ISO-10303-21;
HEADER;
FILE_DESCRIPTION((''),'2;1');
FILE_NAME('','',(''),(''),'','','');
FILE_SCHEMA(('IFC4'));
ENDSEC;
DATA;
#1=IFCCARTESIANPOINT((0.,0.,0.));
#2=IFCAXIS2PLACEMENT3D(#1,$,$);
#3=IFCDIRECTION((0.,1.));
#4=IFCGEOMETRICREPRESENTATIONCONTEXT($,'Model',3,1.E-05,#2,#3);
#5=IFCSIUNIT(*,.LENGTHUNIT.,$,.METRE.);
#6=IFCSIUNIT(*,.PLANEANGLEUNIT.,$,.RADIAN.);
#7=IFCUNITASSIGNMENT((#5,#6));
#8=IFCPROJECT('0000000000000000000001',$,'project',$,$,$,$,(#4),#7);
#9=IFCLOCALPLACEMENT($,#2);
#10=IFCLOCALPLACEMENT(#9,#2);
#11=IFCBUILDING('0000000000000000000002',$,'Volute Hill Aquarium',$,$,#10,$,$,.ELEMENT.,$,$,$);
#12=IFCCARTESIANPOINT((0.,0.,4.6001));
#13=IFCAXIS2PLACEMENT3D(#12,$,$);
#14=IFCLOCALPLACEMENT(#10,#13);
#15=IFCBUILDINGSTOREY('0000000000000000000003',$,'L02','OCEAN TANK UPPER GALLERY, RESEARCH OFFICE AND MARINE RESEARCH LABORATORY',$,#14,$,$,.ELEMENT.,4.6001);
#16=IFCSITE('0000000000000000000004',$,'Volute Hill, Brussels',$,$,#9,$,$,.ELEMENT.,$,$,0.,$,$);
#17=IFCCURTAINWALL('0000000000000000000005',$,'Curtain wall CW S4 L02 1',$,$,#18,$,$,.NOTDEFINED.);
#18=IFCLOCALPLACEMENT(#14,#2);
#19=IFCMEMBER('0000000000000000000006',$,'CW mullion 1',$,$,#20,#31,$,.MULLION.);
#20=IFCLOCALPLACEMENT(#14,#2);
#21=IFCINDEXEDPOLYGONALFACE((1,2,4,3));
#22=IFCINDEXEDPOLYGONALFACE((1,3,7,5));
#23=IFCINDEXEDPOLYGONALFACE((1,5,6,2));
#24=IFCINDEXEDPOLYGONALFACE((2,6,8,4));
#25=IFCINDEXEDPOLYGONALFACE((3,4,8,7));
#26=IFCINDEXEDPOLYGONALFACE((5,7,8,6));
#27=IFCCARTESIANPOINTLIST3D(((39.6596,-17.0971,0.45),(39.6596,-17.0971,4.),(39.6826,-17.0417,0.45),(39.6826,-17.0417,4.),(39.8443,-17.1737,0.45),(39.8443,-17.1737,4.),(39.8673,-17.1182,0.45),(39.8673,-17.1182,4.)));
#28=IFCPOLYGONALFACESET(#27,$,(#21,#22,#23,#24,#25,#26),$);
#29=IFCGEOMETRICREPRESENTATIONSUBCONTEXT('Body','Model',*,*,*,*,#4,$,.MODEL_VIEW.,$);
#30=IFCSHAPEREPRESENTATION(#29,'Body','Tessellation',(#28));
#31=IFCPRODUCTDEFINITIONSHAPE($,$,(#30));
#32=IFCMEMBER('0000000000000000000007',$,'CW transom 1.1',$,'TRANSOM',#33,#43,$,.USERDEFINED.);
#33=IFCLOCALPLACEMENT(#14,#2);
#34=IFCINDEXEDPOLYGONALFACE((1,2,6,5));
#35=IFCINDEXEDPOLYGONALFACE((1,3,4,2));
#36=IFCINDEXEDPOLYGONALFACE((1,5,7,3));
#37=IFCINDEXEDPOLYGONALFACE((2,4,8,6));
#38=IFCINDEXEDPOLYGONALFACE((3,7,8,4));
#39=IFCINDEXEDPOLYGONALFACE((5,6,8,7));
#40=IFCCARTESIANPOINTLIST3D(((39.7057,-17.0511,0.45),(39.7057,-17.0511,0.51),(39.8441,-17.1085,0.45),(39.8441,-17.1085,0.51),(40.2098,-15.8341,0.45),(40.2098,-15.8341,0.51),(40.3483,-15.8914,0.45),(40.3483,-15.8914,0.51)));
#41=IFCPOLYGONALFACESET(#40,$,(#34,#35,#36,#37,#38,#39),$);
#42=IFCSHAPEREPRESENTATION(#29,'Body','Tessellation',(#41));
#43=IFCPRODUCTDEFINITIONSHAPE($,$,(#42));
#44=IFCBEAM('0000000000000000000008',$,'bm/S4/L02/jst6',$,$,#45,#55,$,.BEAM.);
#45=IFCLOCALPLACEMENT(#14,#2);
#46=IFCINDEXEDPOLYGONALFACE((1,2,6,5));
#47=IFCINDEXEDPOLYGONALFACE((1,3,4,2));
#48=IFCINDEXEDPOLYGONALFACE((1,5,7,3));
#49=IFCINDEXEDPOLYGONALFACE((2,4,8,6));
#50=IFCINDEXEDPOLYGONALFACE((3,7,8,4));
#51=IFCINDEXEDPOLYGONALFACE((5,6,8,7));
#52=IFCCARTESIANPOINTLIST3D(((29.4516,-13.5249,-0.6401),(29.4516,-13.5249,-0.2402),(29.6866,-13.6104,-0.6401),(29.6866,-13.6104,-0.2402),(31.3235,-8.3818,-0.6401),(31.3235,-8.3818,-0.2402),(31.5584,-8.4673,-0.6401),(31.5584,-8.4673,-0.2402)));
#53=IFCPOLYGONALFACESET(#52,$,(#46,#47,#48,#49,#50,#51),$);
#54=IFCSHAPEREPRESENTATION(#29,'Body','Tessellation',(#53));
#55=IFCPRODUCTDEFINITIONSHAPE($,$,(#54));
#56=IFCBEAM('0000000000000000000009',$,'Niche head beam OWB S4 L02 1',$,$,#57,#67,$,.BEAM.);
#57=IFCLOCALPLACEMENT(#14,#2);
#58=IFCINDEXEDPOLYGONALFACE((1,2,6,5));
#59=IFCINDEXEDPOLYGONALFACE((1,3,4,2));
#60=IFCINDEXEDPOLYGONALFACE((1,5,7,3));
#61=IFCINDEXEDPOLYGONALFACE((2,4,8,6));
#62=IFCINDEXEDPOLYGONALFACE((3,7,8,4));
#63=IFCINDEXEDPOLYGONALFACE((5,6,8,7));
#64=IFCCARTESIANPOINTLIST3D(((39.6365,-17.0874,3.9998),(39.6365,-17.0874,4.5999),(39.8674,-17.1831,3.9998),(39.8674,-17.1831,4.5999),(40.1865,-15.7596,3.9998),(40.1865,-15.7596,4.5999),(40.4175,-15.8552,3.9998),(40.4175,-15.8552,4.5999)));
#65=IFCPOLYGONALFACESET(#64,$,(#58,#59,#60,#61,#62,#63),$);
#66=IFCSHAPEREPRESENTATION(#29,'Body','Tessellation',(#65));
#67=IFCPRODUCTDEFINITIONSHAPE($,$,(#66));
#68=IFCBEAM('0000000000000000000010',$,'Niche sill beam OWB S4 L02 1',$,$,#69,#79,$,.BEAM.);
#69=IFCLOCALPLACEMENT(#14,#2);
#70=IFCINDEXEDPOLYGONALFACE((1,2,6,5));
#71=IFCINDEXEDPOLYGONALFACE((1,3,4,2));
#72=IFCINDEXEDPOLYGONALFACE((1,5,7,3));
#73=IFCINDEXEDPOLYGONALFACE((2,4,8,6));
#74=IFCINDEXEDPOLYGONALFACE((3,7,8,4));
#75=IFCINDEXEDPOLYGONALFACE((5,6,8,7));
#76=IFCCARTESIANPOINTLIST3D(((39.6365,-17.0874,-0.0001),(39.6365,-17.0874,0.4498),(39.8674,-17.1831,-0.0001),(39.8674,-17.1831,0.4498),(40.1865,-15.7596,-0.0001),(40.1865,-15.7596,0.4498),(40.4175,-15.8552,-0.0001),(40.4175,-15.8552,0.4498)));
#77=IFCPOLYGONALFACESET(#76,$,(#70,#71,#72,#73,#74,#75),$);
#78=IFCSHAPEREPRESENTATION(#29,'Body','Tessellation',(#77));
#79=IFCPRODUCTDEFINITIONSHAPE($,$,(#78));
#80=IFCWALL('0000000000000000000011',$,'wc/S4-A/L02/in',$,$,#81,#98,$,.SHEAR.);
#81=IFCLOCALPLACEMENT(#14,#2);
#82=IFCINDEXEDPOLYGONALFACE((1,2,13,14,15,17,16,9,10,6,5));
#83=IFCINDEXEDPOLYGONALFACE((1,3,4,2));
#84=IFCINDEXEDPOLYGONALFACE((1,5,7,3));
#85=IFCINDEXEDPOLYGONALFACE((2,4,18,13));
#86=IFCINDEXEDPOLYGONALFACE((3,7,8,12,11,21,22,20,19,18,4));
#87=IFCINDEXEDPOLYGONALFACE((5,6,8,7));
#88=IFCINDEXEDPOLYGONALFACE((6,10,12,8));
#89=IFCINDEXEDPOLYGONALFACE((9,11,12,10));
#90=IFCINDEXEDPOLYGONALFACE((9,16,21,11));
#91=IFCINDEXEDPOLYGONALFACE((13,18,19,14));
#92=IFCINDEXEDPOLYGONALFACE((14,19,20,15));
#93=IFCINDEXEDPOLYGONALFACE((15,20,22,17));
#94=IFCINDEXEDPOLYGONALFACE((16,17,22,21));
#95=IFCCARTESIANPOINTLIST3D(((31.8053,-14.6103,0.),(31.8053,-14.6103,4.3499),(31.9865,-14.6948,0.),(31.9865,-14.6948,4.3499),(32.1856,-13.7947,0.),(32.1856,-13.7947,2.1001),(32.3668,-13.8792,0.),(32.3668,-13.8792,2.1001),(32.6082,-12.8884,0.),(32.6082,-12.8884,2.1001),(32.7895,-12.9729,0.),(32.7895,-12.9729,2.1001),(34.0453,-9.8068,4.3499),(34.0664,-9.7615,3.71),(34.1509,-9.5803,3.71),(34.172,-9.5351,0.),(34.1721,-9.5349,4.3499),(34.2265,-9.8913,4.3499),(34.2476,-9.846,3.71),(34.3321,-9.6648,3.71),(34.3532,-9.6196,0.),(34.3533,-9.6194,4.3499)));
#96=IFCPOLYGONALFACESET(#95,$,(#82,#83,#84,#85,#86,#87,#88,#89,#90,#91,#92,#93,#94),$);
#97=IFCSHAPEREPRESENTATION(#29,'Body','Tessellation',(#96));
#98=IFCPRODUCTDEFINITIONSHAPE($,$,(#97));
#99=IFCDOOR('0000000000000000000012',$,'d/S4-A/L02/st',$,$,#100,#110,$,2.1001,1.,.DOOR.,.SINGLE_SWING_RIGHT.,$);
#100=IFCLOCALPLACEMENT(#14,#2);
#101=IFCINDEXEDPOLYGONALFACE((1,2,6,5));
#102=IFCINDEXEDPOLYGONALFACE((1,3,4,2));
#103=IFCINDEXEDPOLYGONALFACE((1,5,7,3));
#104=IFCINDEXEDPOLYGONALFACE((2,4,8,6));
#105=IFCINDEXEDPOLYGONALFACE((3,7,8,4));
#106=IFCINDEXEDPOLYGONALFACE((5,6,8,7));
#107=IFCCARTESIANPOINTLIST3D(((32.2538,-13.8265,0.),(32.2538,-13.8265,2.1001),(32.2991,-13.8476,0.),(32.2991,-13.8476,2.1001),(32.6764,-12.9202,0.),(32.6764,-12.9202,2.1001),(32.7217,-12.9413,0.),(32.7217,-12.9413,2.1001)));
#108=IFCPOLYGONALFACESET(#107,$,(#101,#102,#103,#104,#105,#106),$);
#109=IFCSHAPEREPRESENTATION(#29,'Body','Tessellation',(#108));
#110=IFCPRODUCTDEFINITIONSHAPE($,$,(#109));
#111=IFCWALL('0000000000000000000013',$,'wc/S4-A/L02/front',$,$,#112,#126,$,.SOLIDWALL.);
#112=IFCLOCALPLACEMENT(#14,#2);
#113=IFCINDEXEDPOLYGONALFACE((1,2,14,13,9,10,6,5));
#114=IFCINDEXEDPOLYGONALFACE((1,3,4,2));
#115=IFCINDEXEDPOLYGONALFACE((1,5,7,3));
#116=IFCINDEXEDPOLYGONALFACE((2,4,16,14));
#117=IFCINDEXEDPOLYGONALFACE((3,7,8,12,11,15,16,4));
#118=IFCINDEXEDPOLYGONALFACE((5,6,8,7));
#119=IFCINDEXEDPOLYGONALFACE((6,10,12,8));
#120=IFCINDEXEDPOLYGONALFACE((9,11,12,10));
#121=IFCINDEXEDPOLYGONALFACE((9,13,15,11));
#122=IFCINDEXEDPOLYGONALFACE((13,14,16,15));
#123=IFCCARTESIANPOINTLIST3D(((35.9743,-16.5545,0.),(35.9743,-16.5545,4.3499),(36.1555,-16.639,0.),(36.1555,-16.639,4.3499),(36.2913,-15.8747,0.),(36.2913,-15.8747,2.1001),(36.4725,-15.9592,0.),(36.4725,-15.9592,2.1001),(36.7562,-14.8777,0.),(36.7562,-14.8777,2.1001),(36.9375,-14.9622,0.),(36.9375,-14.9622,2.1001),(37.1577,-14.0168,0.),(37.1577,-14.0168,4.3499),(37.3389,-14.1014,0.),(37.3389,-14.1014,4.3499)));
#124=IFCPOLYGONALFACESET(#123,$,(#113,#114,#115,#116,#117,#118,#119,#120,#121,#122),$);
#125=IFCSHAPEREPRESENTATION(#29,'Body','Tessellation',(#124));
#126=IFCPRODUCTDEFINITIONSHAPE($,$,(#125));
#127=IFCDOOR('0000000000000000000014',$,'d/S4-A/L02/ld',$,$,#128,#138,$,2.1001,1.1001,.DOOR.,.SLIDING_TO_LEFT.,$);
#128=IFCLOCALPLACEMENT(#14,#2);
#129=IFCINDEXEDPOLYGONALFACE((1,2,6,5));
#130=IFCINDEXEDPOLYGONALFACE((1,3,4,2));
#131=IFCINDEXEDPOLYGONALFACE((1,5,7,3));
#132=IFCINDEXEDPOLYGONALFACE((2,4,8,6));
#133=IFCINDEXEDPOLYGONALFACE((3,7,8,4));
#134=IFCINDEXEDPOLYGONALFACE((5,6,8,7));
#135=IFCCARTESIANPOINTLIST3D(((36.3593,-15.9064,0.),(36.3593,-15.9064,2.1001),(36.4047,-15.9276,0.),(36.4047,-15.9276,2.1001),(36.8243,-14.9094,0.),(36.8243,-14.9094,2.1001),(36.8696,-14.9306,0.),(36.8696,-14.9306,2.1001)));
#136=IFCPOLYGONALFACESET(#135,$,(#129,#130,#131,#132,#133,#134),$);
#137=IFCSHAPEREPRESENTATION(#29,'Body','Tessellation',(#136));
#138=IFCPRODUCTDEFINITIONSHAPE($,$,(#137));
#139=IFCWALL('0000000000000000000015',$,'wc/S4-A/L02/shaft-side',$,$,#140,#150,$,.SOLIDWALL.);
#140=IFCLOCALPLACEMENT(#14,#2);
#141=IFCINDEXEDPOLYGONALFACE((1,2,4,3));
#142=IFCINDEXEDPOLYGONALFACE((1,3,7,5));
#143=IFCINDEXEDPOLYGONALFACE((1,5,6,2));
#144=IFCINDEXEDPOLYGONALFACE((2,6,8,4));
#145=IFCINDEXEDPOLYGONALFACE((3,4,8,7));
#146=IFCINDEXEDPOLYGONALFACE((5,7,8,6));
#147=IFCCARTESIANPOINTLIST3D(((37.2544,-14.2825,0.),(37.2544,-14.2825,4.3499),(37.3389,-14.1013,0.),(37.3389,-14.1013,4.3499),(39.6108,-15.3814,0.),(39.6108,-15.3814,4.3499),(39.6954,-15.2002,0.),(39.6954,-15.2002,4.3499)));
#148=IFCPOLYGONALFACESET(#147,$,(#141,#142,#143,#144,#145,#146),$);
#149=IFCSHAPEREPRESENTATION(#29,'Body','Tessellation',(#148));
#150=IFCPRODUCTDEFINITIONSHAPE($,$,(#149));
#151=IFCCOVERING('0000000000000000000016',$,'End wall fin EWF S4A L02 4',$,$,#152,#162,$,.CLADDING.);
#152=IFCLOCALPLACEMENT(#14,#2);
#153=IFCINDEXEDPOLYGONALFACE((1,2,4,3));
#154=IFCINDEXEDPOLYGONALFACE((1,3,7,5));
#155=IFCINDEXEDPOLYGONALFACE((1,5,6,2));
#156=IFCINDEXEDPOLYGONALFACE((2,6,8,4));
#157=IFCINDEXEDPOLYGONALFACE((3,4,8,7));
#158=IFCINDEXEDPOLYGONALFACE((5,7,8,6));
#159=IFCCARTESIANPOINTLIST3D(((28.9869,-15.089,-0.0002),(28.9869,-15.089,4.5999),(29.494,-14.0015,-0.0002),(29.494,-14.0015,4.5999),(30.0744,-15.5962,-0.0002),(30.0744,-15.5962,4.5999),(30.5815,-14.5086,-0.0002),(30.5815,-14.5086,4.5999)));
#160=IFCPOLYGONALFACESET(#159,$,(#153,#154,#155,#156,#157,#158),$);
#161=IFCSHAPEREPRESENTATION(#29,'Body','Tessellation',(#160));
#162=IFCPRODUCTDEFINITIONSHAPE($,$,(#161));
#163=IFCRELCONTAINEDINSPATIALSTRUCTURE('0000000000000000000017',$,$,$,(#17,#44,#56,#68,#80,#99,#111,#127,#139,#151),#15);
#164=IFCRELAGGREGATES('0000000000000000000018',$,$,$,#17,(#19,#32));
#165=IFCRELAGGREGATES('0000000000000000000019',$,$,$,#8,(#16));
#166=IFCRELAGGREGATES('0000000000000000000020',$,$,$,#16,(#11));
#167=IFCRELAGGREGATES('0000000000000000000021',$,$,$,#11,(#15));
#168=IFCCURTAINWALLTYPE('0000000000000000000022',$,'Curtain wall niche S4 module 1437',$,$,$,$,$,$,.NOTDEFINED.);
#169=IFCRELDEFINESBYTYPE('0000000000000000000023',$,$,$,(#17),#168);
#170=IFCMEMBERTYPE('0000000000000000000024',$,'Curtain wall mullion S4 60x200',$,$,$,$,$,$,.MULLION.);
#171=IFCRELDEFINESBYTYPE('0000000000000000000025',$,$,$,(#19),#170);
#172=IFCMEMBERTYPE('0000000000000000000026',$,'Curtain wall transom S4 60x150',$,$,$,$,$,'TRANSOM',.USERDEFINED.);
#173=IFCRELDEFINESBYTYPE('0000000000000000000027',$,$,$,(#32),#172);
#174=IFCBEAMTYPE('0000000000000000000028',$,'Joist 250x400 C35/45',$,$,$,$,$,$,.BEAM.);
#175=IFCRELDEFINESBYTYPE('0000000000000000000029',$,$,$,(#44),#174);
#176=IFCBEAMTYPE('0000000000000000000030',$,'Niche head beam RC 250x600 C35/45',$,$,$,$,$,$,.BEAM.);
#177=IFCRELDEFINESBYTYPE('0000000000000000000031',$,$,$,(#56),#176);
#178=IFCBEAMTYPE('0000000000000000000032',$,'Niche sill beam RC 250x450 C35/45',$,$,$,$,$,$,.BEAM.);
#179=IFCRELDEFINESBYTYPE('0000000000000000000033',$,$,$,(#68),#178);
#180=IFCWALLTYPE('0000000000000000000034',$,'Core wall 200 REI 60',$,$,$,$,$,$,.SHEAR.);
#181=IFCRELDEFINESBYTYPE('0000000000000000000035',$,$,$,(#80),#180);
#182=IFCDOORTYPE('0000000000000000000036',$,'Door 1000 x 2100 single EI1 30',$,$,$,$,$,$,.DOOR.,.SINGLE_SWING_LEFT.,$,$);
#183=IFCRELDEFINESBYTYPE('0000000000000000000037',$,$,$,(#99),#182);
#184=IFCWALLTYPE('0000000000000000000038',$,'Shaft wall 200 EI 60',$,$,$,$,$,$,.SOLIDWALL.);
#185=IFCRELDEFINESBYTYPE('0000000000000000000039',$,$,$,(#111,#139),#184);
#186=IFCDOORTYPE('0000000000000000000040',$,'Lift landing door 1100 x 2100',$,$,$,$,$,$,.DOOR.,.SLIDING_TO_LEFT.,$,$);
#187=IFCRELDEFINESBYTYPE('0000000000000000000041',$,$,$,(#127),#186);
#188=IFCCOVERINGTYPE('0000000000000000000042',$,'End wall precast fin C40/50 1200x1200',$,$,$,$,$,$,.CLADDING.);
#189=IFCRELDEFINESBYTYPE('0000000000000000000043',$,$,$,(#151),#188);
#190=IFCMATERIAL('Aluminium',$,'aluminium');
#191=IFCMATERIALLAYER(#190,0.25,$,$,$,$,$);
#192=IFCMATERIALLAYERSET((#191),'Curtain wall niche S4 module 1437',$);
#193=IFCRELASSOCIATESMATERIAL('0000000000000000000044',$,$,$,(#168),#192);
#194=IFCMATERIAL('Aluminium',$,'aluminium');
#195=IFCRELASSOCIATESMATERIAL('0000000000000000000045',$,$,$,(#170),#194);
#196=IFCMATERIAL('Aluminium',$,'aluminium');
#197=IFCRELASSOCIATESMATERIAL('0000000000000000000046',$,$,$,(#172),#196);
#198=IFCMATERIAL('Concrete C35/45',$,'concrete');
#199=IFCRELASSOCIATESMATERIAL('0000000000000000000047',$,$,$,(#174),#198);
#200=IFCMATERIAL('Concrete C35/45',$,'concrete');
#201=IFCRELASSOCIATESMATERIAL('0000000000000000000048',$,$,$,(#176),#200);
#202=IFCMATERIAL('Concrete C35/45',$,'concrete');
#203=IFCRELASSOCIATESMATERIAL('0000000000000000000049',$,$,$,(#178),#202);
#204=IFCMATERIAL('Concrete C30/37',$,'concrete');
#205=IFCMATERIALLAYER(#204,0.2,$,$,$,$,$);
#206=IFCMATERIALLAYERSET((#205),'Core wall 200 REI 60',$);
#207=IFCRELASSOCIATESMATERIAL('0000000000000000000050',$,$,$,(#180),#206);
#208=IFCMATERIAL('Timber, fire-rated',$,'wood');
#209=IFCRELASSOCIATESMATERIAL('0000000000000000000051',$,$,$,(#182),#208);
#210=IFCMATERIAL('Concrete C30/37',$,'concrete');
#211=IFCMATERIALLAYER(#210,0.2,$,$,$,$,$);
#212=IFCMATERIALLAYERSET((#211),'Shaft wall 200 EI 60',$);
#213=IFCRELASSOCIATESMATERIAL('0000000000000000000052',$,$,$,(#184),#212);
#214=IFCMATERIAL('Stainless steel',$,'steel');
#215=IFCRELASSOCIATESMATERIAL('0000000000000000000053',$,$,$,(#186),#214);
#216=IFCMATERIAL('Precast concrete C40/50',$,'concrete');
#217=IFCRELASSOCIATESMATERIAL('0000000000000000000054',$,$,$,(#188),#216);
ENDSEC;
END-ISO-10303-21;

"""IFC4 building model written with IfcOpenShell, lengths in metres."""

from ifc_helpers import new_model, si_unit, direction, frame, frame_2d, origin, origin_2d, place, context, subcontext, project, spatial, polyline, rectangle, outline, extrude, material, layer, layer_set, material_profile, profile_set, type_object, element, fill, aggregate, save


model = new_model("IFC4")

# Units and contexts
model_context = context("Model", 3, precision=1e-05, world=origin(), true_north=direction((0.0, 1.0)))
body_context = subcontext(model_context, "Body", "Model", "MODEL_VIEW")
ifc_project = project(units=[si_unit("LENGTHUNIT", "METRE"), si_unit("PLANEANGLEUNIT", "RADIAN")], contexts=[model_context])

# Site, building, storey
site_placement = place(None, origin())
site = spatial("IfcSite", under=ifc_project, at=site_placement, Name="Volute Hill, Brussels", CompositionType="ELEMENT", RefElevation=0.0)
building_placement = place(site_placement, origin())
building = spatial("IfcBuilding", under=site, at=building_placement, Name="Volute Hill Aquarium", CompositionType="ELEMENT")
storey_placement = place(building_placement, frame((0.0, 0.0, 4.6001)))
storey = spatial("IfcBuildingStorey", under=building, at=storey_placement, Name="L02", Description="OCEAN TANK UPPER GALLERY, RESEARCH OFFICE AND MARINE RESEARCH LABORATORY", CompositionType="ELEMENT", Elevation=4.6001)

# Curtain wall, members
ifc_material_1 = material(Name="Aluminium", Category="aluminium")
ifc_layer_1 = layer(ifc_material_1, 0.25)
ifc_layer_set_1 = layer_set([ifc_layer_1], Name="Curtain wall niche S4 module 1437")
curtain_wall_type = type_object("IfcCurtainWallType", Name="Curtain wall niche S4 module 1437", PredefinedType="NOTDEFINED", material=ifc_layer_set_1)
curtain_wall_placement = place(storey_placement, origin())
curtain_wall = element("IfcCurtainWall", 1, at=curtain_wall_placement, inside=storey, type_object=curtain_wall_type, Name="Curtain wall CW S4 L02 1", PredefinedType="NOTDEFINED")
ifc_material_2 = material(Name="Aluminium", Category="aluminium")
ifc_material_profile_1 = material_profile(ifc_material_2, rectangle(XDim=0.2, YDim=0.0601, at=origin_2d()), Name="Curtain wall mullion S4 60x200")
ifc_profile_set_1 = profile_set([ifc_material_profile_1], Name="Aluminium")
member_type_1 = type_object("IfcMemberType", Name="Curtain wall mullion S4 60x200", PredefinedType="MULLION", material=ifc_profile_set_1)
member_1_placement = place(storey_placement, frame((39.7634, -17.1077, 0.45), z_axis=(0.0, 0.0, 1.0), x_axis=(-0.923874, 0.382697, 0.0)))
member_1 = element("IfcMember", 2, at=member_1_placement, type_object=member_type_1, Name="CW mullion 1", PredefinedType="MULLION", context=body_context, shape_type="SweptSolid", body=[
    extrude(rectangle(XDim=0.2, YDim=0.0601, at=origin_2d()), origin(), (0.0, 0.0, 1.0), 3.55),
])
ifc_material_3 = material(Name="Aluminium", Category="aluminium")
ifc_material_profile_2 = material_profile(ifc_material_3, rectangle(XDim=0.1499, YDim=0.0601, at=origin_2d()), Name="Curtain wall transom S4 60x150")
ifc_profile_set_2 = profile_set([ifc_material_profile_2], Name="Aluminium")
member_type_2 = type_object("IfcMemberType", Name="Curtain wall transom S4 60x150", ElementType="TRANSOM", PredefinedType="USERDEFINED", material=ifc_profile_set_2)
member_2_placement = place(storey_placement, frame((39.7749, -17.0798, 0.48), z_axis=(0.382706, 0.92387, 0.0), x_axis=(-0.92387, 0.382706, 0.0)))
member_2 = element("IfcMember", 3, at=member_2_placement, type_object=member_type_2, Name="CW transom 1.1", ObjectType="TRANSOM", PredefinedType="USERDEFINED", context=body_context, shape_type="SweptSolid", body=[
    extrude(rectangle(XDim=0.1499, YDim=0.0601, at=origin_2d()), origin(), (0.0, 0.0, 1.0), 1.3174),
])
aggregate(curtain_wall, [member_1, member_2])

# Beams
ifc_material_4 = material(Name="Concrete C35/45", Category="concrete")
ifc_material_profile_3 = material_profile(ifc_material_4, rectangle(XDim=0.25, YDim=0.3999, at=origin_2d()), Name="RC joist 250x400")
ifc_profile_set_3 = profile_set([ifc_material_profile_3], Name="Concrete C35/45")
beam_type_1 = type_object("IfcBeamType", Name="Joist 250x400 C35/45", PredefinedType="BEAM", material=ifc_profile_set_3)
beam_1_placement = place(storey_placement, frame((29.5691, -13.5676, -0.4402), z_axis=(0.342005, 0.939698, 0.0), x_axis=(-0.939698, 0.342005, 0.0)))
element("IfcBeam", 4, at=beam_1_placement, inside=storey, type_object=beam_type_1, Name="bm/S4/L02/jst6", PredefinedType="BEAM", context=body_context, shape_type="SweptSolid", body=[
    extrude(rectangle(XDim=0.25, YDim=0.3999, at=origin_2d()), origin(), (0.0, 0.0, 1.0), 5.4731),
])
ifc_material_5 = material(Name="Concrete C35/45", Category="concrete")
ifc_material_profile_4 = material_profile(ifc_material_5, rectangle(XDim=0.25, YDim=0.6001, at=origin_2d()), Name="RC beam 250x600")
ifc_profile_set_4 = profile_set([ifc_material_profile_4], Name="Concrete C35/45")
beam_type_2 = type_object("IfcBeamType", Name="Niche head beam RC 250x600 C35/45", PredefinedType="BEAM", material=ifc_profile_set_4)
beam_2_placement = place(storey_placement, frame((39.752, -17.1353, 4.2998), z_axis=(0.382697, 0.923874, 0.0), x_axis=(-0.923874, 0.382697, 0.0)))
element("IfcBeam", 5, at=beam_2_placement, inside=storey, type_object=beam_type_2, Name="Niche head beam OWB S4 L02 1", PredefinedType="BEAM", context=body_context, shape_type="SweptSolid", body=[
    extrude(rectangle(XDim=0.25, YDim=0.6001, at=origin_2d()), origin(), (0.0, 0.0, 1.0), 1.4373),
])
ifc_material_6 = material(Name="Concrete C35/45", Category="concrete")
ifc_material_profile_5 = material_profile(ifc_material_6, rectangle(XDim=0.25, YDim=0.45, at=origin_2d()), Name="RC beam 250x450")
ifc_profile_set_5 = profile_set([ifc_material_profile_5], Name="Concrete C35/45")
beam_type_3 = type_object("IfcBeamType", Name="Niche sill beam RC 250x450 C35/45", PredefinedType="BEAM", material=ifc_profile_set_5)
beam_3_placement = place(storey_placement, frame((39.752, -17.1353, 0.2249), z_axis=(0.382697, 0.923874, 0.0), x_axis=(-0.923874, 0.382697, 0.0)))
element("IfcBeam", 6, at=beam_3_placement, inside=storey, type_object=beam_type_3, Name="Niche sill beam OWB S4 L02 1", PredefinedType="BEAM", context=body_context, shape_type="SweptSolid", body=[
    extrude(rectangle(XDim=0.25, YDim=0.45, at=origin_2d()), origin(), (0.0, 0.0, 1.0), 1.4373),
])

# Walls, openings, doors
ifc_material_7 = material(Name="Concrete C30/37", Category="concrete")
ifc_layer_2 = layer(ifc_material_7, 0.2)
ifc_layer_set_2 = layer_set([ifc_layer_2], Name="Core wall 200 REI 60")
wall_type_1 = type_object("IfcWallType", Name="Core wall 200 REI 60", PredefinedType="SHEAR", material=ifc_layer_set_2)
wall_1_placement = place(storey_placement, frame((31.896, -14.6526, 0.0), z_axis=(0.0, 0.0, 1.0), x_axis=(0.422632, 0.906301, 0.0)))
wall_1 = element("IfcWall", 7, at=wall_1_placement, inside=storey, type_object=wall_type_1, Name="wc/S4-A/L02/in", PredefinedType="SHEAR", context=body_context, shape_type="SweptSolid", body=[
    extrude(outline(polyline([(0.0, 0.0), (5.5999, 0.0), (5.6001, 4.3499), (5.55, 3.71), (5.3501, 3.71), (5.3, 4.3499), (0.0, 4.3499), (0.0, 0.0)])), frame((0.0, 0.1001, 0.0), z_axis=(0.0, -1.0, 0.0), x_axis=(1.0, 0.0, 0.0)), (0.0, 0.0, 1.0), 0.2),
])
opening_1_placement = place(wall_1_placement, frame((0.8999, 0.0, 0.0)))
opening_1 = element("IfcOpeningElement", 8, at=opening_1_placement, cuts=wall_1, PredefinedType="OPENING", context=body_context, shape_type="SweptSolid", body=[
    extrude(rectangle(XDim=1.0, YDim=2.1001, at=frame_2d((0.5, 1.05))), frame((0.0, 0.1099, 0.0), z_axis=(0.0, -1.0, 0.0), x_axis=(1.0, 0.0, 0.0)), (0.0, 0.0, 1.0), 0.22),
])
ifc_material_8 = material(Name="Timber, fire-rated", Category="wood")
door_type_1 = type_object("IfcDoorType", Name="Door 1000 x 2100 single EI1 30", OperationType="SINGLE_SWING_LEFT", PredefinedType="DOOR", material=ifc_material_8)
door_1_placement = place(opening_1_placement, origin())
door_1 = element("IfcDoor", 9, at=door_1_placement, inside=storey, type_object=door_type_1, Name="d/S4-A/L02/st", OperationType="SINGLE_SWING_RIGHT", OverallHeight=2.1001, OverallWidth=1.0, PredefinedType="DOOR", context=body_context, shape_type="SweptSolid", body=[
    extrude(rectangle(XDim=1.0, YDim=2.1001, at=frame_2d((0.5, 1.05))), frame((0.0, 0.0249, 0.0), z_axis=(0.0, -1.0, 0.0), x_axis=(1.0, 0.0, 0.0)), (0.0, 0.0, 1.0), 0.05),
])
fill(opening_1, door_1)
ifc_material_9 = material(Name="Concrete C30/37", Category="concrete")
ifc_layer_3 = layer(ifc_material_9, 0.2)
ifc_layer_set_3 = layer_set([ifc_layer_3], Name="Shaft wall 200 EI 60")
wall_type_2 = type_object("IfcWallType", Name="Shaft wall 200 EI 60", PredefinedType="SOLIDWALL", material=ifc_layer_set_3)
wall_2_placement = place(storey_placement, frame((36.0649, -16.5967, 0.0), z_axis=(0.0, 0.0, 1.0), x_axis=(0.422632, 0.906301, 0.0)))
wall_2 = element("IfcWall", 10, at=wall_2_placement, inside=storey, type_object=wall_type_2, Name="wc/S4-A/L02/front", PredefinedType="SOLIDWALL", context=body_context, shape_type="SweptSolid", body=[
    extrude(rectangle(XDim=2.8, YDim=0.2, at=frame_2d((1.3999, 0.0))), origin(), (0.0, 0.0, 1.0), 4.3499),
])
opening_2_placement = place(wall_2_placement, frame((0.75, 0.0, 0.0)))
opening_2 = element("IfcOpeningElement", 11, at=opening_2_placement, cuts=wall_2, PredefinedType="OPENING", context=body_context, shape_type="SweptSolid", body=[
    extrude(rectangle(XDim=1.1001, YDim=2.1001, at=frame_2d((0.55, 1.05))), frame((0.0, 0.1099, 0.0), z_axis=(0.0, -1.0, 0.0), x_axis=(1.0, 0.0, 0.0)), (0.0, 0.0, 1.0), 0.22),
])
ifc_material_10 = material(Name="Stainless steel", Category="steel")
door_type_2 = type_object("IfcDoorType", Name="Lift landing door 1100 x 2100", OperationType="SLIDING_TO_LEFT", PredefinedType="DOOR", material=ifc_material_10)
door_2_placement = place(opening_2_placement, origin())
door_2 = element("IfcDoor", 12, at=door_2_placement, inside=storey, type_object=door_type_2, Name="d/S4-A/L02/ld", OperationType="SLIDING_TO_LEFT", OverallHeight=2.1001, OverallWidth=1.1001, PredefinedType="DOOR", context=body_context, shape_type="SweptSolid", body=[
    extrude(rectangle(XDim=1.1001, YDim=2.1001, at=frame_2d((0.55, 1.05))), frame((0.0, 0.0249, 0.0), z_axis=(0.0, -1.0, 0.0), x_axis=(1.0, 0.0, 0.0)), (0.0, 0.0, 1.0), 0.05),
])
fill(opening_2, door_2)

# Wall
wall_3_placement = place(storey_placement, frame((37.2966, -14.1919, 0.0), z_axis=(0.0, 0.0, 1.0), x_axis=(0.906301, -0.422634, 0.0)))
element("IfcWall", 13, at=wall_3_placement, inside=storey, type_object=wall_type_2, Name="wc/S4-A/L02/shaft-side", PredefinedType="SOLIDWALL", context=body_context, shape_type="SweptSolid", body=[
    extrude(rectangle(XDim=2.6001, YDim=0.2, at=frame_2d((1.3, 0.0))), origin(), (0.0, 0.0, 1.0), 4.3499),
])

# Covering
ifc_material_11 = material(Name="Precast concrete C40/50", Category="concrete")
covering_type_1 = type_object("IfcCoveringType", Name="End wall precast fin C40/50 1200x1200", PredefinedType="CLADDING", material=ifc_material_11)
for number, where, z_axis, x_axis, name in (
    (14, (29.7842, -14.7988, -0.0002), (0.0, 0.0, 1.0), (0.906309, -0.422616, 0.0), "End wall fin EWF S4A L02 4"),
):
    element("IfcCovering", number, at=place(storey_placement, frame(where, z_axis=z_axis, x_axis=x_axis)), inside=storey, type_object=covering_type_1, Name=name, PredefinedType="CLADDING", context=body_context, shape_type="SweptSolid", body=[
        extrude(rectangle(XDim=1.2, YDim=1.2, at=origin_2d()), origin(), (0.0, 0.0, 1.0), 4.6001),
    ])

save(model, "model.ifc")
